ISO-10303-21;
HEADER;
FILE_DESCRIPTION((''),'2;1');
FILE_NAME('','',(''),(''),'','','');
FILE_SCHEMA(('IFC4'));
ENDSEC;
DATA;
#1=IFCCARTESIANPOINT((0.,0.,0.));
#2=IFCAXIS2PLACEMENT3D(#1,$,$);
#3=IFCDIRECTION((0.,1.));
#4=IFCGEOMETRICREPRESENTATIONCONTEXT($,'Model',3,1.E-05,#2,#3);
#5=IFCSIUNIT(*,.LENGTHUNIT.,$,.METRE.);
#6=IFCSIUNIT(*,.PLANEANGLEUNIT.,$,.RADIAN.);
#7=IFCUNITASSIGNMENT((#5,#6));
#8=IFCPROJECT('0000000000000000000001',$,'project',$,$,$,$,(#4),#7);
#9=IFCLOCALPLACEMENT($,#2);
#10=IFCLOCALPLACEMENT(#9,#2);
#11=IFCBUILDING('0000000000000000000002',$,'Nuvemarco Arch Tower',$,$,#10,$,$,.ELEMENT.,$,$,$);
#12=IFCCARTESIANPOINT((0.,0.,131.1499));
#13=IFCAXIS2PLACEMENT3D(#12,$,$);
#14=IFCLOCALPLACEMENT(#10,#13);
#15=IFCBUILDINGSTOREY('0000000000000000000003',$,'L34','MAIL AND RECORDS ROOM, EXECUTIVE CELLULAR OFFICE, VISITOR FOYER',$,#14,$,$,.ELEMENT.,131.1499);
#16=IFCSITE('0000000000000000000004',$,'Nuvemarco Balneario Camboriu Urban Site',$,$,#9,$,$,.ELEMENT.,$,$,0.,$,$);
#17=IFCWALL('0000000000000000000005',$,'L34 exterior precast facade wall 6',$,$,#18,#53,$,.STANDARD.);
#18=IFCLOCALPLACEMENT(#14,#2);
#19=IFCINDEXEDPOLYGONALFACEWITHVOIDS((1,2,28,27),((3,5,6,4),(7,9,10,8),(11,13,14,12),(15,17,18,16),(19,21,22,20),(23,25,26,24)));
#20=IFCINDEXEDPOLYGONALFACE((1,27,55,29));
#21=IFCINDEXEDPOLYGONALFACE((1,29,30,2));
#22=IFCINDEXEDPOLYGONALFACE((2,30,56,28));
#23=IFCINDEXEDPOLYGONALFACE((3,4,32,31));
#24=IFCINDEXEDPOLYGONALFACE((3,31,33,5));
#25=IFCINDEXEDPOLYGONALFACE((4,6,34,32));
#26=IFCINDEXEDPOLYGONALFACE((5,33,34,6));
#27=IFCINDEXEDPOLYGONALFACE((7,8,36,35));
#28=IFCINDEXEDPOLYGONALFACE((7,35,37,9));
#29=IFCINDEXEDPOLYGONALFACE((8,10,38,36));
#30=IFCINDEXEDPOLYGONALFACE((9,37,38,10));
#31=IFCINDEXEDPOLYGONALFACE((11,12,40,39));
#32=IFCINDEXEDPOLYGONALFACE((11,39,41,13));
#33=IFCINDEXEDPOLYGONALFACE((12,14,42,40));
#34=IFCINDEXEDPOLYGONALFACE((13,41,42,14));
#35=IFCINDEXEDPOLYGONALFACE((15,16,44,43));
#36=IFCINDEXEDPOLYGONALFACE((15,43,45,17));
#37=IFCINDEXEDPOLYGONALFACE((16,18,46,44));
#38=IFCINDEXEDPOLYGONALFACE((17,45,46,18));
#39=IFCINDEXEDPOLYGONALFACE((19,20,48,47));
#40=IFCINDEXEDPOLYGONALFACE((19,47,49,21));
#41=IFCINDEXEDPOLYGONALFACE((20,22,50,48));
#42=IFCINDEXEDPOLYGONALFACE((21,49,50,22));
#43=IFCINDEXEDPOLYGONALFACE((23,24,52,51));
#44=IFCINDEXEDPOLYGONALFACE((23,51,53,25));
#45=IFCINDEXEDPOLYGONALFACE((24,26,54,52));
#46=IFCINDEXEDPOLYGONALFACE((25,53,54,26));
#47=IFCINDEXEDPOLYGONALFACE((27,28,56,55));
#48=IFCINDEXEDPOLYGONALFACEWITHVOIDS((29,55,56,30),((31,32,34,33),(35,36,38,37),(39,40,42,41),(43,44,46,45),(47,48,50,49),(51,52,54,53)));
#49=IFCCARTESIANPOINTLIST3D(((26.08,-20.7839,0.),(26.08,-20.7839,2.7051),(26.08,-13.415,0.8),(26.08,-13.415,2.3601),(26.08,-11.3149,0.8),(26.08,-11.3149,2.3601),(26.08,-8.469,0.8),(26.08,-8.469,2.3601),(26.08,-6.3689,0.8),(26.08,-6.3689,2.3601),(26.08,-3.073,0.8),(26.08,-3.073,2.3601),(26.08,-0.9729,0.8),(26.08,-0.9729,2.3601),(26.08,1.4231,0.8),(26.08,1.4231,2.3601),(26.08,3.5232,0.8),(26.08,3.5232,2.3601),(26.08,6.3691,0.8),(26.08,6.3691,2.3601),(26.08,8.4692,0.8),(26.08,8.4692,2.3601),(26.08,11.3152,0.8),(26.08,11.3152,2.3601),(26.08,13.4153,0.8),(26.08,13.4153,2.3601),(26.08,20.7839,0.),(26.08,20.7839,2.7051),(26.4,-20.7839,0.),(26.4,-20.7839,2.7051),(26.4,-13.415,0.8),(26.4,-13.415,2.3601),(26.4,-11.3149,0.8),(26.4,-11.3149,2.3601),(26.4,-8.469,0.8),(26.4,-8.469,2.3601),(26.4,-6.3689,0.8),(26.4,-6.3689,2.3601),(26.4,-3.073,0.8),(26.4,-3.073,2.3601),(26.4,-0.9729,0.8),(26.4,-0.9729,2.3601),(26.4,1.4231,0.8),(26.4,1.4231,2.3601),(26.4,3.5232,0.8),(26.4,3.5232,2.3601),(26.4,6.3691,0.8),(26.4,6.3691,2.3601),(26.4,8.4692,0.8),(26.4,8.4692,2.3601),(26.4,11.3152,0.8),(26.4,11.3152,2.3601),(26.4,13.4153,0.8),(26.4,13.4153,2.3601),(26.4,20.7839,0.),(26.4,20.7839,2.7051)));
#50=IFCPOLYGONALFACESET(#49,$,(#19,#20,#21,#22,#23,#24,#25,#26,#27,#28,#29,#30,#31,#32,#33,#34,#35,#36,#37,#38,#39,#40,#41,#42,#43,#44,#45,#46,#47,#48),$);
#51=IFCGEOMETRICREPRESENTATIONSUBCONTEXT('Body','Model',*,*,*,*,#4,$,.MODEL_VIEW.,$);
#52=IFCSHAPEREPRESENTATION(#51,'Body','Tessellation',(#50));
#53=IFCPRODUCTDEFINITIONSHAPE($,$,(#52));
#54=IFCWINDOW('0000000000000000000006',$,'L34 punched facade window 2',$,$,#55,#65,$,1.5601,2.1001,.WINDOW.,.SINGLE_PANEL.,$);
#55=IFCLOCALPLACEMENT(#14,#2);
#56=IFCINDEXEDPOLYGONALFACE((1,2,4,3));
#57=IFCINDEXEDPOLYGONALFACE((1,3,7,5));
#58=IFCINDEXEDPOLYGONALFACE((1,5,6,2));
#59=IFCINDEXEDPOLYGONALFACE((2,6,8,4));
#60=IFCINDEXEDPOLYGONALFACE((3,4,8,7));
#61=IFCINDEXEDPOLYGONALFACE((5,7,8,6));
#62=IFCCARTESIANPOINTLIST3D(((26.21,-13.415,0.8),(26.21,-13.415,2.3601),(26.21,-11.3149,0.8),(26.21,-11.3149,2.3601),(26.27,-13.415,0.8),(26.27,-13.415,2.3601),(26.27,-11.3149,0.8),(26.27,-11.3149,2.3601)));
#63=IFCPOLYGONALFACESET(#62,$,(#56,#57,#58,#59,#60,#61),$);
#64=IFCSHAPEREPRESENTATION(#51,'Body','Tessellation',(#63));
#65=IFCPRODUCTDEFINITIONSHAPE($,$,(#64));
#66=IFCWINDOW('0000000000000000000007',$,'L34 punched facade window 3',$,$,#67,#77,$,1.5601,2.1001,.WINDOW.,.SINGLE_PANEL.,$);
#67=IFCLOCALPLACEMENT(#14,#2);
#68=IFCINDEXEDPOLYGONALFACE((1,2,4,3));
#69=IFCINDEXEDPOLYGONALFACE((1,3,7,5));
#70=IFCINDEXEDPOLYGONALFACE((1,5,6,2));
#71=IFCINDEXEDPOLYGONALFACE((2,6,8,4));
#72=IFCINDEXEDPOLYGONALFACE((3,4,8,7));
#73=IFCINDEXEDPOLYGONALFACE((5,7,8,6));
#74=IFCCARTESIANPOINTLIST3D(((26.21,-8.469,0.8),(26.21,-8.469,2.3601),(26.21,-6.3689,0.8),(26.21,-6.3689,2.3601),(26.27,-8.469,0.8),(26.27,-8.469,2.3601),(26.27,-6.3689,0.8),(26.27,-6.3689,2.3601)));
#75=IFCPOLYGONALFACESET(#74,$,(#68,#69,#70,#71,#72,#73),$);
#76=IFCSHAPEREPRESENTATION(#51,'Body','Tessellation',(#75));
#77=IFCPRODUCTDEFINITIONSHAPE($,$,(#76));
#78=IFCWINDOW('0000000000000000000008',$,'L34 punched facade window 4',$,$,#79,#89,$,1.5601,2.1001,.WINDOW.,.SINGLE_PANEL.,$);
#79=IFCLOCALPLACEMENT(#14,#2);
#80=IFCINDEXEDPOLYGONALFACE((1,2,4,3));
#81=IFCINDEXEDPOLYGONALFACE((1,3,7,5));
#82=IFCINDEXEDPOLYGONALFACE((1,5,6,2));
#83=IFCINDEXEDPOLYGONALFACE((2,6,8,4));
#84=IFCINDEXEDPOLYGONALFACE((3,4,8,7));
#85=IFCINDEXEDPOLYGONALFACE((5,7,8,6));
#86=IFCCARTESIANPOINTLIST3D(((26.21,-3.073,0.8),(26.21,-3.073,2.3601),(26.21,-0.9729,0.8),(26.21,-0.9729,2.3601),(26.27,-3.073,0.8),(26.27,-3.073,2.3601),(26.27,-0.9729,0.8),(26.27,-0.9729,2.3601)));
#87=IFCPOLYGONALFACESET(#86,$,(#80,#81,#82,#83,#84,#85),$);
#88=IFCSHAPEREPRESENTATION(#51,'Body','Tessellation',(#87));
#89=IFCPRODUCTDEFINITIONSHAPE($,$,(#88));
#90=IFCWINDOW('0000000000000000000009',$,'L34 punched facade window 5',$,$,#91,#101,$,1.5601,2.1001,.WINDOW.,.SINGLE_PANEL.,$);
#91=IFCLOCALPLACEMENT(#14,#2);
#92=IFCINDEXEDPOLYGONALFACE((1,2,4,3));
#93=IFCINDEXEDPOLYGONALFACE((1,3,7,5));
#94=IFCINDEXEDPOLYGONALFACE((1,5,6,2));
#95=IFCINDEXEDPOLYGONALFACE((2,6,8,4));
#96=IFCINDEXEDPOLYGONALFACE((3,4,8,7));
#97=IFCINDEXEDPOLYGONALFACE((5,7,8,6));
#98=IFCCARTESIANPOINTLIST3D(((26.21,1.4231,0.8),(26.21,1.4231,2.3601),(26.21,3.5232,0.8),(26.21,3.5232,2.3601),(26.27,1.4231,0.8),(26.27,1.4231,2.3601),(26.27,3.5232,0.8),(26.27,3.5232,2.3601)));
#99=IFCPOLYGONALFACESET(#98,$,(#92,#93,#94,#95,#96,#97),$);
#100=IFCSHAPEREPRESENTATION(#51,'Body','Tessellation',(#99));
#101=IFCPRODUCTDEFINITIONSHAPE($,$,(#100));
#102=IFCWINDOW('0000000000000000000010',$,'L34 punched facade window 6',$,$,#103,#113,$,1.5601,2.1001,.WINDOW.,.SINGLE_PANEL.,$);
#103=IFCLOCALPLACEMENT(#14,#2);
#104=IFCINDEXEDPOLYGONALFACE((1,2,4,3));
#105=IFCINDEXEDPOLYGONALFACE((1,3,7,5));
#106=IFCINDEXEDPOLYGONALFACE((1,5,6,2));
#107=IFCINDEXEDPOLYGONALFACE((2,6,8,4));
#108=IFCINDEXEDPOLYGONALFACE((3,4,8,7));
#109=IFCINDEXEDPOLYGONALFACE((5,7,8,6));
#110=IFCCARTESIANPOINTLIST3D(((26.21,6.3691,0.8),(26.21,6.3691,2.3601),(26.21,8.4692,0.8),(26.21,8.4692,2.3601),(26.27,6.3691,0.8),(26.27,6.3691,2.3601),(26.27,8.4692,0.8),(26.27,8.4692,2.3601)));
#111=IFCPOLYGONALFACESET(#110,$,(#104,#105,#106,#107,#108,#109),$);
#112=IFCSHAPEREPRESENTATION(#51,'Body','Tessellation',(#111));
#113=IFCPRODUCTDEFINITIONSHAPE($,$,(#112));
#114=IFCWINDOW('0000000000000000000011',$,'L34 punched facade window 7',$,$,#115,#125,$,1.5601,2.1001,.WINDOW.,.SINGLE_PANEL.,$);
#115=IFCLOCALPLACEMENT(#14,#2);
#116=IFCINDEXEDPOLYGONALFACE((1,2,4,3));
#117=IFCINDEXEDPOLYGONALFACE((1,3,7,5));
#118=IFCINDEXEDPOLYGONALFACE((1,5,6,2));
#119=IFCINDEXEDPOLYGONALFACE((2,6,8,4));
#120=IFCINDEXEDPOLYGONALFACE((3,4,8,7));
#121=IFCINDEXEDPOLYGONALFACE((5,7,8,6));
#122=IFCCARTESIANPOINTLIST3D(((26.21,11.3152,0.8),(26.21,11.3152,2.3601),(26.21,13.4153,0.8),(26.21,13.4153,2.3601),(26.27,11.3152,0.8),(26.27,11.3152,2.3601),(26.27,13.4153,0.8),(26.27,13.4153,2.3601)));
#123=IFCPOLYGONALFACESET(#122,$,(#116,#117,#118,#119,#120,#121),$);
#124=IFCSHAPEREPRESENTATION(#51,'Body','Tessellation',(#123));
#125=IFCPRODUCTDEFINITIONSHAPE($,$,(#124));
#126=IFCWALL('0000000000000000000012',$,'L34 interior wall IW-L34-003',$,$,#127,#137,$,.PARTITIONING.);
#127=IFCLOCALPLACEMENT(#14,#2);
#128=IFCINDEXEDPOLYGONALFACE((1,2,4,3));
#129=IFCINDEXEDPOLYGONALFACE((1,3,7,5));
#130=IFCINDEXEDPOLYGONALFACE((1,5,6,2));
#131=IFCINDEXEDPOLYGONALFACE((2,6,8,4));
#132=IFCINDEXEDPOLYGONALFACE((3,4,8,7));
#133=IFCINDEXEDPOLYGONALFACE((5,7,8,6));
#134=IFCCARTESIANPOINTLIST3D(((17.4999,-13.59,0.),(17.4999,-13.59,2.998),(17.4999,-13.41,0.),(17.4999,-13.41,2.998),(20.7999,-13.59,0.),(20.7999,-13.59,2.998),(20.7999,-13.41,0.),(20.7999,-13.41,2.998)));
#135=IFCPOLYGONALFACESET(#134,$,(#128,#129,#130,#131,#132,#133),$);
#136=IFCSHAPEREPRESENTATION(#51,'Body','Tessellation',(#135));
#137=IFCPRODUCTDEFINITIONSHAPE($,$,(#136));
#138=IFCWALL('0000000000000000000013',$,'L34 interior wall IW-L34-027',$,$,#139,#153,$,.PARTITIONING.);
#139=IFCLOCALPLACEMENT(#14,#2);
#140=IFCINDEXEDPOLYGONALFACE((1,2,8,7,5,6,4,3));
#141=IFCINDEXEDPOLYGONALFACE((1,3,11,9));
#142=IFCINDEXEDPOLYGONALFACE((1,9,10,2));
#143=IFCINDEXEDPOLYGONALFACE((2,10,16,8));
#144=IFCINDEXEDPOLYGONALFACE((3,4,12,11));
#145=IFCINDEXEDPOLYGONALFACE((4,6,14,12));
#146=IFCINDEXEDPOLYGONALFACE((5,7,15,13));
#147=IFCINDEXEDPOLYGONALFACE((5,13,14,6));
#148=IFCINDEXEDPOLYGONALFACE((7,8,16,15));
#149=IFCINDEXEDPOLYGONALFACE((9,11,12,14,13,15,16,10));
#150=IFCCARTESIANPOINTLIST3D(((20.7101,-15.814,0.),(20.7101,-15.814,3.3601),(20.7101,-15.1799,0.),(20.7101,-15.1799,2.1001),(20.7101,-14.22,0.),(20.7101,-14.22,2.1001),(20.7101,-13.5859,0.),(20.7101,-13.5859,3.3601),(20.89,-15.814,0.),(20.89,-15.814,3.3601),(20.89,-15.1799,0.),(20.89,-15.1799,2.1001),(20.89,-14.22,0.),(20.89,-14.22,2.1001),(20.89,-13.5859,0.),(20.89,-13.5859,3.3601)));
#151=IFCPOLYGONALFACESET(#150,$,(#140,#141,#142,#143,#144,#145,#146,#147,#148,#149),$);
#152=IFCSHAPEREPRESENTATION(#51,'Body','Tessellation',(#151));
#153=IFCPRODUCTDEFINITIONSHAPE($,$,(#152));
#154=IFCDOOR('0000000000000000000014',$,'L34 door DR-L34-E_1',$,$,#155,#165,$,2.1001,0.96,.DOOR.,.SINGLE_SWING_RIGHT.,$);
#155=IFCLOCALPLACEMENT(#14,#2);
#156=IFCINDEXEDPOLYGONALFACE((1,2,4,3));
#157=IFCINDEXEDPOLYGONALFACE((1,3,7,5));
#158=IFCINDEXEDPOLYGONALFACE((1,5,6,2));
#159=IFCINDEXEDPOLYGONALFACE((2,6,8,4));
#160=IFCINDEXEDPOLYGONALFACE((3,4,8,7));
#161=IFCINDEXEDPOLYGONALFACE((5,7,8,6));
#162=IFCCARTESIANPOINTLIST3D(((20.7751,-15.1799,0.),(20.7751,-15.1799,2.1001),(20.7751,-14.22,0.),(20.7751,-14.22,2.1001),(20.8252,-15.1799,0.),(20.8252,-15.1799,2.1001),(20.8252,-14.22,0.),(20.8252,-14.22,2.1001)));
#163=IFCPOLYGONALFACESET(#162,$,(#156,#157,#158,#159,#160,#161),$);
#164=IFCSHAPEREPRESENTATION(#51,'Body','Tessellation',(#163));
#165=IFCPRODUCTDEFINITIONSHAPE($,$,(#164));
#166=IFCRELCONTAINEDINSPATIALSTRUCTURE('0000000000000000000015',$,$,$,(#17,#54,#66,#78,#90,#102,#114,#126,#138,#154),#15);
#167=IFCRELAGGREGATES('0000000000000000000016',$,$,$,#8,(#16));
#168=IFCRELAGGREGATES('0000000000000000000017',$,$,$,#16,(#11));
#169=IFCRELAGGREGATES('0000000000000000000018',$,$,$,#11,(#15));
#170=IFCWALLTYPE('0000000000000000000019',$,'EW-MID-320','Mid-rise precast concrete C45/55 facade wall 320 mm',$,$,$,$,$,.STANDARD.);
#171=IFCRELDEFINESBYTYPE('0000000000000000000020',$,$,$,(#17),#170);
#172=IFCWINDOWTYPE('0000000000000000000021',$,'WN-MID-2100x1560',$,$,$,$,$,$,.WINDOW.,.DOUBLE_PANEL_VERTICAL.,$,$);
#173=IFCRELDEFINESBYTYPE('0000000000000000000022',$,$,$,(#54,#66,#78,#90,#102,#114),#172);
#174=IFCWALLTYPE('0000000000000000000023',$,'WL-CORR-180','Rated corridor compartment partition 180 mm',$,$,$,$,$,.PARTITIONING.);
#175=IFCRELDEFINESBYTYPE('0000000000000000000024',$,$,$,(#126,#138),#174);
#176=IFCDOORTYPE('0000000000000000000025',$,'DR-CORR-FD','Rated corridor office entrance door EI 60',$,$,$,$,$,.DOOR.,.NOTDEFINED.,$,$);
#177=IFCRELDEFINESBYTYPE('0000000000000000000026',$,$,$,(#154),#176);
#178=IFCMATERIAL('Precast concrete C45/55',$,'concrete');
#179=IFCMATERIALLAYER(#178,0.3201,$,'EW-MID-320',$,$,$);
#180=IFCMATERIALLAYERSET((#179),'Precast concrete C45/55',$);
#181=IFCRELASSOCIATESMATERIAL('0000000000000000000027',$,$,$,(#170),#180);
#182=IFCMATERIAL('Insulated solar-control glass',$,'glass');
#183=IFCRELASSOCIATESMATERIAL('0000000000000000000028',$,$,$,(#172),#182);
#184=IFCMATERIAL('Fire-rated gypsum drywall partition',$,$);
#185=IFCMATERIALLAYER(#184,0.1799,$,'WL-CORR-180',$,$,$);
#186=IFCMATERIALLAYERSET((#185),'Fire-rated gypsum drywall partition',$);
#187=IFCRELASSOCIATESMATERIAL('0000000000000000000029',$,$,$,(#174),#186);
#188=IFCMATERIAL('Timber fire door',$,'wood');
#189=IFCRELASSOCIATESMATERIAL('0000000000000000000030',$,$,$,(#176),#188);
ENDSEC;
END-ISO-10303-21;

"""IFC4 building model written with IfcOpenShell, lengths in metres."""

from ifc_helpers import new_model, si_unit, direction, frame, frame_2d, origin, place, context, subcontext, project, spatial, rectangle, extrude, source, transform, mapped, material, layer, layer_set, type_object, type_shapes, element, fill, save


model = new_model("IFC4")

# Units and contexts
model_context = context("Model", 3, precision=1e-05, world=origin(), true_north=direction((0.0, 1.0)))
body_context = subcontext(model_context, "Body", "Model", "MODEL_VIEW")
ifc_project = project(units=[si_unit("LENGTHUNIT", "METRE"), si_unit("PLANEANGLEUNIT", "RADIAN")], contexts=[model_context])

# Site, building, storey
site_placement = place(None, origin())
site = spatial("IfcSite", under=ifc_project, at=site_placement, Name="Nuvemarco Balneario Camboriu Urban Site", CompositionType="ELEMENT", RefElevation=0.0)
building_placement = place(site_placement, origin())
building = spatial("IfcBuilding", under=site, at=building_placement, Name="Nuvemarco Arch Tower", CompositionType="ELEMENT")
storey_placement = place(building_placement, frame((0.0, 0.0, 131.1499)))
storey = spatial("IfcBuildingStorey", under=building, at=storey_placement, Name="L34", Description="MAIL AND RECORDS ROOM, EXECUTIVE CELLULAR OFFICE, VISITOR FOYER", CompositionType="ELEMENT", Elevation=131.1499)

# Shared definitions
ifc_material_1 = material(Name="Precast concrete C45/55", Category="concrete")

# Shared definitions
ifc_layer_1 = layer(ifc_material_1, 0.3201, Name="EW-MID-320")
ifc_layer_set_1 = layer_set([ifc_layer_1], Name="Precast concrete C45/55")
wall_type_1 = type_object("IfcWallType", Name="EW-MID-320", Description="Mid-rise precast concrete C45/55 facade wall 320 mm", PredefinedType="STANDARD", material=ifc_layer_set_1)

# Wall, openings, windows
wall_1_placement = place(storey_placement, frame((26.24, -20.7839, 0.0), z_axis=(0.0, 0.0, 1.0), x_axis=(0.0, 1.0, 0.0)))
wall_1 = element("IfcWall", 1, at=wall_1_placement, inside=storey, type_object=wall_type_1, Name="L34 exterior precast facade wall 6", PredefinedType="STANDARD", context=body_context, shape_type="SweptSolid", body=[
    extrude(rectangle(XDim=41.5679, YDim=0.3201, at=frame_2d((20.7839, 0.0))), origin(), (0.0, 0.0, 1.0), 2.7051),
])
opening_1_placement = place(wall_1_placement, frame((7.3689, 0.0, 0.8)))
opening_1 = element("IfcOpeningElement", 2, at=opening_1_placement, cuts=wall_1, PredefinedType="OPENING", context=body_context, shape_type="SweptSolid", body=[
    extrude(rectangle(XDim=2.1001, YDim=1.5601, at=frame_2d((1.05, 0.78))), frame((0.0, 0.1699, 0.0), z_axis=(0.0, -1.0, 0.0), x_axis=(1.0, 0.0, 0.0)), (0.0, 0.0, 1.0), 0.3401),
])
opening_2_placement = place(wall_1_placement, frame((12.3149, 0.0, 0.8)))
opening_2 = element("IfcOpeningElement", 3, at=opening_2_placement, cuts=wall_1, PredefinedType="OPENING", context=body_context, shape_type="SweptSolid", body=[
    extrude(rectangle(XDim=2.1001, YDim=1.5601, at=frame_2d((1.05, 0.78))), frame((0.0, 0.1699, 0.0), z_axis=(0.0, -1.0, 0.0), x_axis=(1.0, 0.0, 0.0)), (0.0, 0.0, 1.0), 0.3401),
])
opening_3_placement = place(wall_1_placement, frame((17.7109, 0.0, 0.8)))
opening_3 = element("IfcOpeningElement", 4, at=opening_3_placement, cuts=wall_1, PredefinedType="OPENING", context=body_context, shape_type="SweptSolid", body=[
    extrude(rectangle(XDim=2.1001, YDim=1.5601, at=frame_2d((1.05, 0.78))), frame((0.0, 0.1699, 0.0), z_axis=(0.0, -1.0, 0.0), x_axis=(1.0, 0.0, 0.0)), (0.0, 0.0, 1.0), 0.3401),
])
opening_4_placement = place(wall_1_placement, frame((22.207, 0.0, 0.8)))
opening_4 = element("IfcOpeningElement", 5, at=opening_4_placement, cuts=wall_1, PredefinedType="OPENING", context=body_context, shape_type="SweptSolid", body=[
    extrude(rectangle(XDim=2.1001, YDim=1.5601, at=frame_2d((1.05, 0.78))), frame((0.0, 0.1699, 0.0), z_axis=(0.0, -1.0, 0.0), x_axis=(1.0, 0.0, 0.0)), (0.0, 0.0, 1.0), 0.3401),
])
opening_5_placement = place(wall_1_placement, frame((27.1531, 0.0, 0.8)))
opening_5 = element("IfcOpeningElement", 6, at=opening_5_placement, cuts=wall_1, PredefinedType="OPENING", context=body_context, shape_type="SweptSolid", body=[
    extrude(rectangle(XDim=2.1001, YDim=1.5601, at=frame_2d((1.05, 0.78))), frame((0.0, 0.1699, 0.0), z_axis=(0.0, -1.0, 0.0), x_axis=(1.0, 0.0, 0.0)), (0.0, 0.0, 1.0), 0.3401),
])
opening_6_placement = place(wall_1_placement, frame((32.0991, 0.0, 0.8)))
opening_6 = element("IfcOpeningElement", 7, at=opening_6_placement, cuts=wall_1, PredefinedType="OPENING", context=body_context, shape_type="SweptSolid", body=[
    extrude(rectangle(XDim=2.1001, YDim=1.5601, at=frame_2d((1.05, 0.78))), frame((0.0, 0.1699, 0.0), z_axis=(0.0, -1.0, 0.0), x_axis=(1.0, 0.0, 0.0)), (0.0, 0.0, 1.0), 0.3401),
])
ifc_material_2 = material(Name="Insulated solar-control glass", Category="glass")
window_type = type_object("IfcWindowType", Name="WN-MID-2100x1560", PartitioningType="DOUBLE_PANEL_VERTICAL", PredefinedType="WINDOW", material=ifc_material_2)
shared_shape_1 = source(origin(), body_context, "Body", "SweptSolid", [
    extrude(rectangle(XDim=2.1001, YDim=1.5601, at=frame_2d((1.05, 0.78))), frame((0.0, 0.03, 0.0), z_axis=(0.0, -1.0, 0.0), x_axis=(1.0, 0.0, 0.0)), (0.0, 0.0, 1.0), 0.0601),
])
type_shapes(window_type, [shared_shape_1])
window_1_placement = place(opening_1_placement, origin())
window_1 = element("IfcWindow", 8, at=window_1_placement, inside=storey, type_object=window_type, Name="L34 punched facade window 2", OverallHeight=1.5601, OverallWidth=2.1001, PartitioningType="SINGLE_PANEL", PredefinedType="WINDOW", context=body_context, shape_type="MappedRepresentation", body=[
    mapped(shared_shape_1, transform((0.0, 0.0, 0.0), scale=1.0)),
])
fill(opening_1, window_1)
window_2_placement = place(opening_2_placement, origin())
window_2 = element("IfcWindow", 9, at=window_2_placement, inside=storey, type_object=window_type, Name="L34 punched facade window 3", OverallHeight=1.5601, OverallWidth=2.1001, PartitioningType="SINGLE_PANEL", PredefinedType="WINDOW", context=body_context, shape_type="MappedRepresentation", body=[
    mapped(shared_shape_1, transform((0.0, 0.0, 0.0), scale=1.0)),
])
fill(opening_2, window_2)
window_3_placement = place(opening_3_placement, origin())
window_3 = element("IfcWindow", 10, at=window_3_placement, inside=storey, type_object=window_type, Name="L34 punched facade window 4", OverallHeight=1.5601, OverallWidth=2.1001, PartitioningType="SINGLE_PANEL", PredefinedType="WINDOW", context=body_context, shape_type="MappedRepresentation", body=[
    mapped(shared_shape_1, transform((0.0, 0.0, 0.0), scale=1.0)),
])
fill(opening_3, window_3)
window_4_placement = place(opening_4_placement, origin())
window_4 = element("IfcWindow", 11, at=window_4_placement, inside=storey, type_object=window_type, Name="L34 punched facade window 5", OverallHeight=1.5601, OverallWidth=2.1001, PartitioningType="SINGLE_PANEL", PredefinedType="WINDOW", context=body_context, shape_type="MappedRepresentation", body=[
    mapped(shared_shape_1, transform((0.0, 0.0, 0.0), scale=1.0)),
])
fill(opening_4, window_4)
window_5_placement = place(opening_5_placement, origin())
window_5 = element("IfcWindow", 12, at=window_5_placement, inside=storey, type_object=window_type, Name="L34 punched facade window 6", OverallHeight=1.5601, OverallWidth=2.1001, PartitioningType="SINGLE_PANEL", PredefinedType="WINDOW", context=body_context, shape_type="MappedRepresentation", body=[
    mapped(shared_shape_1, transform((0.0, 0.0, 0.0), scale=1.0)),
])
fill(opening_5, window_5)
window_6_placement = place(opening_6_placement, origin())
window_6 = element("IfcWindow", 13, at=window_6_placement, inside=storey, type_object=window_type, Name="L34 punched facade window 7", OverallHeight=1.5601, OverallWidth=2.1001, PartitioningType="SINGLE_PANEL", PredefinedType="WINDOW", context=body_context, shape_type="MappedRepresentation", body=[
    mapped(shared_shape_1, transform((0.0, 0.0, 0.0), scale=1.0)),
])
fill(opening_6, window_6)

# Wall
ifc_material_3 = material(Name="Fire-rated gypsum drywall partition")
ifc_layer_2 = layer(ifc_material_3, 0.1799, Name="WL-CORR-180")
ifc_layer_set_2 = layer_set([ifc_layer_2], Name="Fire-rated gypsum drywall partition")
wall_type_2 = type_object("IfcWallType", Name="WL-CORR-180", Description="Rated corridor compartment partition 180 mm", PredefinedType="PARTITIONING", material=ifc_layer_set_2)
wall_2_placement = place(storey_placement, frame((17.5, -13.5, 0.0), z_axis=(0.0, 0.0, 1.0), x_axis=(1.0, 0.0, 0.0)))
element("IfcWall", 14, at=wall_2_placement, inside=storey, type_object=wall_type_2, Name="L34 interior wall IW-L34-003", PredefinedType="PARTITIONING", context=body_context, shape_type="SweptSolid", body=[
    extrude(rectangle(XDim=3.3, YDim=0.1799, at=frame_2d((1.6499, 0.0))), origin(), (0.0, 0.0, 1.0), 2.998),
])

# Wall, opening, door
wall_3_placement = place(storey_placement, frame((20.8, -15.814, 0.0), z_axis=(0.0, 0.0, 1.0), x_axis=(0.0, 1.0, 0.0)))
wall_3 = element("IfcWall", 15, at=wall_3_placement, inside=storey, type_object=wall_type_2, Name="L34 interior wall IW-L34-027", PredefinedType="PARTITIONING", context=body_context, shape_type="SweptSolid", body=[
    extrude(rectangle(XDim=2.228, YDim=0.1799, at=frame_2d((1.114, 0.0))), origin(), (0.0, 0.0, 1.0), 3.3601),
])
opening_7_placement = place(wall_3_placement, frame((0.634, 0.0, 0.0)))
opening_7 = element("IfcOpeningElement", 16, at=opening_7_placement, cuts=wall_3, PredefinedType="OPENING", context=body_context, shape_type="SweptSolid", body=[
    extrude(rectangle(XDim=0.96, YDim=2.1001, at=frame_2d((0.48, 1.05))), frame((0.0, 0.0999, 0.0), z_axis=(0.0, -1.0, 0.0), x_axis=(1.0, 0.0, 0.0)), (0.0, 0.0, 1.0), 0.2),
])
ifc_material_4 = material(Name="Timber fire door", Category="wood")
door_type = type_object("IfcDoorType", Name="DR-CORR-FD", Description="Rated corridor office entrance door EI 60", OperationType="NOTDEFINED", PredefinedType="DOOR", material=ifc_material_4)
shared_shape_2 = source(origin(), body_context, "Body", "SweptSolid", [
    extrude(rectangle(XDim=0.96, YDim=2.1001, at=frame_2d((0.48, 1.05))), frame((0.0, 0.0249, 0.0), z_axis=(0.0, -1.0, 0.0), x_axis=(1.0, 0.0, 0.0)), (0.0, 0.0, 1.0), 0.05),
])
type_shapes(door_type, [shared_shape_2])
door_placement = place(opening_7_placement, origin())
door = element("IfcDoor", 17, at=door_placement, inside=storey, type_object=door_type, Name="L34 door DR-L34-E_1", OperationType="SINGLE_SWING_RIGHT", OverallHeight=2.1001, OverallWidth=0.96, PredefinedType="DOOR", context=body_context, shape_type="MappedRepresentation", body=[
    mapped(shared_shape_2, transform((0.0, 0.0, 0.0), scale=1.0)),
])
fill(opening_7, door)

save(model, "model.ifc")
